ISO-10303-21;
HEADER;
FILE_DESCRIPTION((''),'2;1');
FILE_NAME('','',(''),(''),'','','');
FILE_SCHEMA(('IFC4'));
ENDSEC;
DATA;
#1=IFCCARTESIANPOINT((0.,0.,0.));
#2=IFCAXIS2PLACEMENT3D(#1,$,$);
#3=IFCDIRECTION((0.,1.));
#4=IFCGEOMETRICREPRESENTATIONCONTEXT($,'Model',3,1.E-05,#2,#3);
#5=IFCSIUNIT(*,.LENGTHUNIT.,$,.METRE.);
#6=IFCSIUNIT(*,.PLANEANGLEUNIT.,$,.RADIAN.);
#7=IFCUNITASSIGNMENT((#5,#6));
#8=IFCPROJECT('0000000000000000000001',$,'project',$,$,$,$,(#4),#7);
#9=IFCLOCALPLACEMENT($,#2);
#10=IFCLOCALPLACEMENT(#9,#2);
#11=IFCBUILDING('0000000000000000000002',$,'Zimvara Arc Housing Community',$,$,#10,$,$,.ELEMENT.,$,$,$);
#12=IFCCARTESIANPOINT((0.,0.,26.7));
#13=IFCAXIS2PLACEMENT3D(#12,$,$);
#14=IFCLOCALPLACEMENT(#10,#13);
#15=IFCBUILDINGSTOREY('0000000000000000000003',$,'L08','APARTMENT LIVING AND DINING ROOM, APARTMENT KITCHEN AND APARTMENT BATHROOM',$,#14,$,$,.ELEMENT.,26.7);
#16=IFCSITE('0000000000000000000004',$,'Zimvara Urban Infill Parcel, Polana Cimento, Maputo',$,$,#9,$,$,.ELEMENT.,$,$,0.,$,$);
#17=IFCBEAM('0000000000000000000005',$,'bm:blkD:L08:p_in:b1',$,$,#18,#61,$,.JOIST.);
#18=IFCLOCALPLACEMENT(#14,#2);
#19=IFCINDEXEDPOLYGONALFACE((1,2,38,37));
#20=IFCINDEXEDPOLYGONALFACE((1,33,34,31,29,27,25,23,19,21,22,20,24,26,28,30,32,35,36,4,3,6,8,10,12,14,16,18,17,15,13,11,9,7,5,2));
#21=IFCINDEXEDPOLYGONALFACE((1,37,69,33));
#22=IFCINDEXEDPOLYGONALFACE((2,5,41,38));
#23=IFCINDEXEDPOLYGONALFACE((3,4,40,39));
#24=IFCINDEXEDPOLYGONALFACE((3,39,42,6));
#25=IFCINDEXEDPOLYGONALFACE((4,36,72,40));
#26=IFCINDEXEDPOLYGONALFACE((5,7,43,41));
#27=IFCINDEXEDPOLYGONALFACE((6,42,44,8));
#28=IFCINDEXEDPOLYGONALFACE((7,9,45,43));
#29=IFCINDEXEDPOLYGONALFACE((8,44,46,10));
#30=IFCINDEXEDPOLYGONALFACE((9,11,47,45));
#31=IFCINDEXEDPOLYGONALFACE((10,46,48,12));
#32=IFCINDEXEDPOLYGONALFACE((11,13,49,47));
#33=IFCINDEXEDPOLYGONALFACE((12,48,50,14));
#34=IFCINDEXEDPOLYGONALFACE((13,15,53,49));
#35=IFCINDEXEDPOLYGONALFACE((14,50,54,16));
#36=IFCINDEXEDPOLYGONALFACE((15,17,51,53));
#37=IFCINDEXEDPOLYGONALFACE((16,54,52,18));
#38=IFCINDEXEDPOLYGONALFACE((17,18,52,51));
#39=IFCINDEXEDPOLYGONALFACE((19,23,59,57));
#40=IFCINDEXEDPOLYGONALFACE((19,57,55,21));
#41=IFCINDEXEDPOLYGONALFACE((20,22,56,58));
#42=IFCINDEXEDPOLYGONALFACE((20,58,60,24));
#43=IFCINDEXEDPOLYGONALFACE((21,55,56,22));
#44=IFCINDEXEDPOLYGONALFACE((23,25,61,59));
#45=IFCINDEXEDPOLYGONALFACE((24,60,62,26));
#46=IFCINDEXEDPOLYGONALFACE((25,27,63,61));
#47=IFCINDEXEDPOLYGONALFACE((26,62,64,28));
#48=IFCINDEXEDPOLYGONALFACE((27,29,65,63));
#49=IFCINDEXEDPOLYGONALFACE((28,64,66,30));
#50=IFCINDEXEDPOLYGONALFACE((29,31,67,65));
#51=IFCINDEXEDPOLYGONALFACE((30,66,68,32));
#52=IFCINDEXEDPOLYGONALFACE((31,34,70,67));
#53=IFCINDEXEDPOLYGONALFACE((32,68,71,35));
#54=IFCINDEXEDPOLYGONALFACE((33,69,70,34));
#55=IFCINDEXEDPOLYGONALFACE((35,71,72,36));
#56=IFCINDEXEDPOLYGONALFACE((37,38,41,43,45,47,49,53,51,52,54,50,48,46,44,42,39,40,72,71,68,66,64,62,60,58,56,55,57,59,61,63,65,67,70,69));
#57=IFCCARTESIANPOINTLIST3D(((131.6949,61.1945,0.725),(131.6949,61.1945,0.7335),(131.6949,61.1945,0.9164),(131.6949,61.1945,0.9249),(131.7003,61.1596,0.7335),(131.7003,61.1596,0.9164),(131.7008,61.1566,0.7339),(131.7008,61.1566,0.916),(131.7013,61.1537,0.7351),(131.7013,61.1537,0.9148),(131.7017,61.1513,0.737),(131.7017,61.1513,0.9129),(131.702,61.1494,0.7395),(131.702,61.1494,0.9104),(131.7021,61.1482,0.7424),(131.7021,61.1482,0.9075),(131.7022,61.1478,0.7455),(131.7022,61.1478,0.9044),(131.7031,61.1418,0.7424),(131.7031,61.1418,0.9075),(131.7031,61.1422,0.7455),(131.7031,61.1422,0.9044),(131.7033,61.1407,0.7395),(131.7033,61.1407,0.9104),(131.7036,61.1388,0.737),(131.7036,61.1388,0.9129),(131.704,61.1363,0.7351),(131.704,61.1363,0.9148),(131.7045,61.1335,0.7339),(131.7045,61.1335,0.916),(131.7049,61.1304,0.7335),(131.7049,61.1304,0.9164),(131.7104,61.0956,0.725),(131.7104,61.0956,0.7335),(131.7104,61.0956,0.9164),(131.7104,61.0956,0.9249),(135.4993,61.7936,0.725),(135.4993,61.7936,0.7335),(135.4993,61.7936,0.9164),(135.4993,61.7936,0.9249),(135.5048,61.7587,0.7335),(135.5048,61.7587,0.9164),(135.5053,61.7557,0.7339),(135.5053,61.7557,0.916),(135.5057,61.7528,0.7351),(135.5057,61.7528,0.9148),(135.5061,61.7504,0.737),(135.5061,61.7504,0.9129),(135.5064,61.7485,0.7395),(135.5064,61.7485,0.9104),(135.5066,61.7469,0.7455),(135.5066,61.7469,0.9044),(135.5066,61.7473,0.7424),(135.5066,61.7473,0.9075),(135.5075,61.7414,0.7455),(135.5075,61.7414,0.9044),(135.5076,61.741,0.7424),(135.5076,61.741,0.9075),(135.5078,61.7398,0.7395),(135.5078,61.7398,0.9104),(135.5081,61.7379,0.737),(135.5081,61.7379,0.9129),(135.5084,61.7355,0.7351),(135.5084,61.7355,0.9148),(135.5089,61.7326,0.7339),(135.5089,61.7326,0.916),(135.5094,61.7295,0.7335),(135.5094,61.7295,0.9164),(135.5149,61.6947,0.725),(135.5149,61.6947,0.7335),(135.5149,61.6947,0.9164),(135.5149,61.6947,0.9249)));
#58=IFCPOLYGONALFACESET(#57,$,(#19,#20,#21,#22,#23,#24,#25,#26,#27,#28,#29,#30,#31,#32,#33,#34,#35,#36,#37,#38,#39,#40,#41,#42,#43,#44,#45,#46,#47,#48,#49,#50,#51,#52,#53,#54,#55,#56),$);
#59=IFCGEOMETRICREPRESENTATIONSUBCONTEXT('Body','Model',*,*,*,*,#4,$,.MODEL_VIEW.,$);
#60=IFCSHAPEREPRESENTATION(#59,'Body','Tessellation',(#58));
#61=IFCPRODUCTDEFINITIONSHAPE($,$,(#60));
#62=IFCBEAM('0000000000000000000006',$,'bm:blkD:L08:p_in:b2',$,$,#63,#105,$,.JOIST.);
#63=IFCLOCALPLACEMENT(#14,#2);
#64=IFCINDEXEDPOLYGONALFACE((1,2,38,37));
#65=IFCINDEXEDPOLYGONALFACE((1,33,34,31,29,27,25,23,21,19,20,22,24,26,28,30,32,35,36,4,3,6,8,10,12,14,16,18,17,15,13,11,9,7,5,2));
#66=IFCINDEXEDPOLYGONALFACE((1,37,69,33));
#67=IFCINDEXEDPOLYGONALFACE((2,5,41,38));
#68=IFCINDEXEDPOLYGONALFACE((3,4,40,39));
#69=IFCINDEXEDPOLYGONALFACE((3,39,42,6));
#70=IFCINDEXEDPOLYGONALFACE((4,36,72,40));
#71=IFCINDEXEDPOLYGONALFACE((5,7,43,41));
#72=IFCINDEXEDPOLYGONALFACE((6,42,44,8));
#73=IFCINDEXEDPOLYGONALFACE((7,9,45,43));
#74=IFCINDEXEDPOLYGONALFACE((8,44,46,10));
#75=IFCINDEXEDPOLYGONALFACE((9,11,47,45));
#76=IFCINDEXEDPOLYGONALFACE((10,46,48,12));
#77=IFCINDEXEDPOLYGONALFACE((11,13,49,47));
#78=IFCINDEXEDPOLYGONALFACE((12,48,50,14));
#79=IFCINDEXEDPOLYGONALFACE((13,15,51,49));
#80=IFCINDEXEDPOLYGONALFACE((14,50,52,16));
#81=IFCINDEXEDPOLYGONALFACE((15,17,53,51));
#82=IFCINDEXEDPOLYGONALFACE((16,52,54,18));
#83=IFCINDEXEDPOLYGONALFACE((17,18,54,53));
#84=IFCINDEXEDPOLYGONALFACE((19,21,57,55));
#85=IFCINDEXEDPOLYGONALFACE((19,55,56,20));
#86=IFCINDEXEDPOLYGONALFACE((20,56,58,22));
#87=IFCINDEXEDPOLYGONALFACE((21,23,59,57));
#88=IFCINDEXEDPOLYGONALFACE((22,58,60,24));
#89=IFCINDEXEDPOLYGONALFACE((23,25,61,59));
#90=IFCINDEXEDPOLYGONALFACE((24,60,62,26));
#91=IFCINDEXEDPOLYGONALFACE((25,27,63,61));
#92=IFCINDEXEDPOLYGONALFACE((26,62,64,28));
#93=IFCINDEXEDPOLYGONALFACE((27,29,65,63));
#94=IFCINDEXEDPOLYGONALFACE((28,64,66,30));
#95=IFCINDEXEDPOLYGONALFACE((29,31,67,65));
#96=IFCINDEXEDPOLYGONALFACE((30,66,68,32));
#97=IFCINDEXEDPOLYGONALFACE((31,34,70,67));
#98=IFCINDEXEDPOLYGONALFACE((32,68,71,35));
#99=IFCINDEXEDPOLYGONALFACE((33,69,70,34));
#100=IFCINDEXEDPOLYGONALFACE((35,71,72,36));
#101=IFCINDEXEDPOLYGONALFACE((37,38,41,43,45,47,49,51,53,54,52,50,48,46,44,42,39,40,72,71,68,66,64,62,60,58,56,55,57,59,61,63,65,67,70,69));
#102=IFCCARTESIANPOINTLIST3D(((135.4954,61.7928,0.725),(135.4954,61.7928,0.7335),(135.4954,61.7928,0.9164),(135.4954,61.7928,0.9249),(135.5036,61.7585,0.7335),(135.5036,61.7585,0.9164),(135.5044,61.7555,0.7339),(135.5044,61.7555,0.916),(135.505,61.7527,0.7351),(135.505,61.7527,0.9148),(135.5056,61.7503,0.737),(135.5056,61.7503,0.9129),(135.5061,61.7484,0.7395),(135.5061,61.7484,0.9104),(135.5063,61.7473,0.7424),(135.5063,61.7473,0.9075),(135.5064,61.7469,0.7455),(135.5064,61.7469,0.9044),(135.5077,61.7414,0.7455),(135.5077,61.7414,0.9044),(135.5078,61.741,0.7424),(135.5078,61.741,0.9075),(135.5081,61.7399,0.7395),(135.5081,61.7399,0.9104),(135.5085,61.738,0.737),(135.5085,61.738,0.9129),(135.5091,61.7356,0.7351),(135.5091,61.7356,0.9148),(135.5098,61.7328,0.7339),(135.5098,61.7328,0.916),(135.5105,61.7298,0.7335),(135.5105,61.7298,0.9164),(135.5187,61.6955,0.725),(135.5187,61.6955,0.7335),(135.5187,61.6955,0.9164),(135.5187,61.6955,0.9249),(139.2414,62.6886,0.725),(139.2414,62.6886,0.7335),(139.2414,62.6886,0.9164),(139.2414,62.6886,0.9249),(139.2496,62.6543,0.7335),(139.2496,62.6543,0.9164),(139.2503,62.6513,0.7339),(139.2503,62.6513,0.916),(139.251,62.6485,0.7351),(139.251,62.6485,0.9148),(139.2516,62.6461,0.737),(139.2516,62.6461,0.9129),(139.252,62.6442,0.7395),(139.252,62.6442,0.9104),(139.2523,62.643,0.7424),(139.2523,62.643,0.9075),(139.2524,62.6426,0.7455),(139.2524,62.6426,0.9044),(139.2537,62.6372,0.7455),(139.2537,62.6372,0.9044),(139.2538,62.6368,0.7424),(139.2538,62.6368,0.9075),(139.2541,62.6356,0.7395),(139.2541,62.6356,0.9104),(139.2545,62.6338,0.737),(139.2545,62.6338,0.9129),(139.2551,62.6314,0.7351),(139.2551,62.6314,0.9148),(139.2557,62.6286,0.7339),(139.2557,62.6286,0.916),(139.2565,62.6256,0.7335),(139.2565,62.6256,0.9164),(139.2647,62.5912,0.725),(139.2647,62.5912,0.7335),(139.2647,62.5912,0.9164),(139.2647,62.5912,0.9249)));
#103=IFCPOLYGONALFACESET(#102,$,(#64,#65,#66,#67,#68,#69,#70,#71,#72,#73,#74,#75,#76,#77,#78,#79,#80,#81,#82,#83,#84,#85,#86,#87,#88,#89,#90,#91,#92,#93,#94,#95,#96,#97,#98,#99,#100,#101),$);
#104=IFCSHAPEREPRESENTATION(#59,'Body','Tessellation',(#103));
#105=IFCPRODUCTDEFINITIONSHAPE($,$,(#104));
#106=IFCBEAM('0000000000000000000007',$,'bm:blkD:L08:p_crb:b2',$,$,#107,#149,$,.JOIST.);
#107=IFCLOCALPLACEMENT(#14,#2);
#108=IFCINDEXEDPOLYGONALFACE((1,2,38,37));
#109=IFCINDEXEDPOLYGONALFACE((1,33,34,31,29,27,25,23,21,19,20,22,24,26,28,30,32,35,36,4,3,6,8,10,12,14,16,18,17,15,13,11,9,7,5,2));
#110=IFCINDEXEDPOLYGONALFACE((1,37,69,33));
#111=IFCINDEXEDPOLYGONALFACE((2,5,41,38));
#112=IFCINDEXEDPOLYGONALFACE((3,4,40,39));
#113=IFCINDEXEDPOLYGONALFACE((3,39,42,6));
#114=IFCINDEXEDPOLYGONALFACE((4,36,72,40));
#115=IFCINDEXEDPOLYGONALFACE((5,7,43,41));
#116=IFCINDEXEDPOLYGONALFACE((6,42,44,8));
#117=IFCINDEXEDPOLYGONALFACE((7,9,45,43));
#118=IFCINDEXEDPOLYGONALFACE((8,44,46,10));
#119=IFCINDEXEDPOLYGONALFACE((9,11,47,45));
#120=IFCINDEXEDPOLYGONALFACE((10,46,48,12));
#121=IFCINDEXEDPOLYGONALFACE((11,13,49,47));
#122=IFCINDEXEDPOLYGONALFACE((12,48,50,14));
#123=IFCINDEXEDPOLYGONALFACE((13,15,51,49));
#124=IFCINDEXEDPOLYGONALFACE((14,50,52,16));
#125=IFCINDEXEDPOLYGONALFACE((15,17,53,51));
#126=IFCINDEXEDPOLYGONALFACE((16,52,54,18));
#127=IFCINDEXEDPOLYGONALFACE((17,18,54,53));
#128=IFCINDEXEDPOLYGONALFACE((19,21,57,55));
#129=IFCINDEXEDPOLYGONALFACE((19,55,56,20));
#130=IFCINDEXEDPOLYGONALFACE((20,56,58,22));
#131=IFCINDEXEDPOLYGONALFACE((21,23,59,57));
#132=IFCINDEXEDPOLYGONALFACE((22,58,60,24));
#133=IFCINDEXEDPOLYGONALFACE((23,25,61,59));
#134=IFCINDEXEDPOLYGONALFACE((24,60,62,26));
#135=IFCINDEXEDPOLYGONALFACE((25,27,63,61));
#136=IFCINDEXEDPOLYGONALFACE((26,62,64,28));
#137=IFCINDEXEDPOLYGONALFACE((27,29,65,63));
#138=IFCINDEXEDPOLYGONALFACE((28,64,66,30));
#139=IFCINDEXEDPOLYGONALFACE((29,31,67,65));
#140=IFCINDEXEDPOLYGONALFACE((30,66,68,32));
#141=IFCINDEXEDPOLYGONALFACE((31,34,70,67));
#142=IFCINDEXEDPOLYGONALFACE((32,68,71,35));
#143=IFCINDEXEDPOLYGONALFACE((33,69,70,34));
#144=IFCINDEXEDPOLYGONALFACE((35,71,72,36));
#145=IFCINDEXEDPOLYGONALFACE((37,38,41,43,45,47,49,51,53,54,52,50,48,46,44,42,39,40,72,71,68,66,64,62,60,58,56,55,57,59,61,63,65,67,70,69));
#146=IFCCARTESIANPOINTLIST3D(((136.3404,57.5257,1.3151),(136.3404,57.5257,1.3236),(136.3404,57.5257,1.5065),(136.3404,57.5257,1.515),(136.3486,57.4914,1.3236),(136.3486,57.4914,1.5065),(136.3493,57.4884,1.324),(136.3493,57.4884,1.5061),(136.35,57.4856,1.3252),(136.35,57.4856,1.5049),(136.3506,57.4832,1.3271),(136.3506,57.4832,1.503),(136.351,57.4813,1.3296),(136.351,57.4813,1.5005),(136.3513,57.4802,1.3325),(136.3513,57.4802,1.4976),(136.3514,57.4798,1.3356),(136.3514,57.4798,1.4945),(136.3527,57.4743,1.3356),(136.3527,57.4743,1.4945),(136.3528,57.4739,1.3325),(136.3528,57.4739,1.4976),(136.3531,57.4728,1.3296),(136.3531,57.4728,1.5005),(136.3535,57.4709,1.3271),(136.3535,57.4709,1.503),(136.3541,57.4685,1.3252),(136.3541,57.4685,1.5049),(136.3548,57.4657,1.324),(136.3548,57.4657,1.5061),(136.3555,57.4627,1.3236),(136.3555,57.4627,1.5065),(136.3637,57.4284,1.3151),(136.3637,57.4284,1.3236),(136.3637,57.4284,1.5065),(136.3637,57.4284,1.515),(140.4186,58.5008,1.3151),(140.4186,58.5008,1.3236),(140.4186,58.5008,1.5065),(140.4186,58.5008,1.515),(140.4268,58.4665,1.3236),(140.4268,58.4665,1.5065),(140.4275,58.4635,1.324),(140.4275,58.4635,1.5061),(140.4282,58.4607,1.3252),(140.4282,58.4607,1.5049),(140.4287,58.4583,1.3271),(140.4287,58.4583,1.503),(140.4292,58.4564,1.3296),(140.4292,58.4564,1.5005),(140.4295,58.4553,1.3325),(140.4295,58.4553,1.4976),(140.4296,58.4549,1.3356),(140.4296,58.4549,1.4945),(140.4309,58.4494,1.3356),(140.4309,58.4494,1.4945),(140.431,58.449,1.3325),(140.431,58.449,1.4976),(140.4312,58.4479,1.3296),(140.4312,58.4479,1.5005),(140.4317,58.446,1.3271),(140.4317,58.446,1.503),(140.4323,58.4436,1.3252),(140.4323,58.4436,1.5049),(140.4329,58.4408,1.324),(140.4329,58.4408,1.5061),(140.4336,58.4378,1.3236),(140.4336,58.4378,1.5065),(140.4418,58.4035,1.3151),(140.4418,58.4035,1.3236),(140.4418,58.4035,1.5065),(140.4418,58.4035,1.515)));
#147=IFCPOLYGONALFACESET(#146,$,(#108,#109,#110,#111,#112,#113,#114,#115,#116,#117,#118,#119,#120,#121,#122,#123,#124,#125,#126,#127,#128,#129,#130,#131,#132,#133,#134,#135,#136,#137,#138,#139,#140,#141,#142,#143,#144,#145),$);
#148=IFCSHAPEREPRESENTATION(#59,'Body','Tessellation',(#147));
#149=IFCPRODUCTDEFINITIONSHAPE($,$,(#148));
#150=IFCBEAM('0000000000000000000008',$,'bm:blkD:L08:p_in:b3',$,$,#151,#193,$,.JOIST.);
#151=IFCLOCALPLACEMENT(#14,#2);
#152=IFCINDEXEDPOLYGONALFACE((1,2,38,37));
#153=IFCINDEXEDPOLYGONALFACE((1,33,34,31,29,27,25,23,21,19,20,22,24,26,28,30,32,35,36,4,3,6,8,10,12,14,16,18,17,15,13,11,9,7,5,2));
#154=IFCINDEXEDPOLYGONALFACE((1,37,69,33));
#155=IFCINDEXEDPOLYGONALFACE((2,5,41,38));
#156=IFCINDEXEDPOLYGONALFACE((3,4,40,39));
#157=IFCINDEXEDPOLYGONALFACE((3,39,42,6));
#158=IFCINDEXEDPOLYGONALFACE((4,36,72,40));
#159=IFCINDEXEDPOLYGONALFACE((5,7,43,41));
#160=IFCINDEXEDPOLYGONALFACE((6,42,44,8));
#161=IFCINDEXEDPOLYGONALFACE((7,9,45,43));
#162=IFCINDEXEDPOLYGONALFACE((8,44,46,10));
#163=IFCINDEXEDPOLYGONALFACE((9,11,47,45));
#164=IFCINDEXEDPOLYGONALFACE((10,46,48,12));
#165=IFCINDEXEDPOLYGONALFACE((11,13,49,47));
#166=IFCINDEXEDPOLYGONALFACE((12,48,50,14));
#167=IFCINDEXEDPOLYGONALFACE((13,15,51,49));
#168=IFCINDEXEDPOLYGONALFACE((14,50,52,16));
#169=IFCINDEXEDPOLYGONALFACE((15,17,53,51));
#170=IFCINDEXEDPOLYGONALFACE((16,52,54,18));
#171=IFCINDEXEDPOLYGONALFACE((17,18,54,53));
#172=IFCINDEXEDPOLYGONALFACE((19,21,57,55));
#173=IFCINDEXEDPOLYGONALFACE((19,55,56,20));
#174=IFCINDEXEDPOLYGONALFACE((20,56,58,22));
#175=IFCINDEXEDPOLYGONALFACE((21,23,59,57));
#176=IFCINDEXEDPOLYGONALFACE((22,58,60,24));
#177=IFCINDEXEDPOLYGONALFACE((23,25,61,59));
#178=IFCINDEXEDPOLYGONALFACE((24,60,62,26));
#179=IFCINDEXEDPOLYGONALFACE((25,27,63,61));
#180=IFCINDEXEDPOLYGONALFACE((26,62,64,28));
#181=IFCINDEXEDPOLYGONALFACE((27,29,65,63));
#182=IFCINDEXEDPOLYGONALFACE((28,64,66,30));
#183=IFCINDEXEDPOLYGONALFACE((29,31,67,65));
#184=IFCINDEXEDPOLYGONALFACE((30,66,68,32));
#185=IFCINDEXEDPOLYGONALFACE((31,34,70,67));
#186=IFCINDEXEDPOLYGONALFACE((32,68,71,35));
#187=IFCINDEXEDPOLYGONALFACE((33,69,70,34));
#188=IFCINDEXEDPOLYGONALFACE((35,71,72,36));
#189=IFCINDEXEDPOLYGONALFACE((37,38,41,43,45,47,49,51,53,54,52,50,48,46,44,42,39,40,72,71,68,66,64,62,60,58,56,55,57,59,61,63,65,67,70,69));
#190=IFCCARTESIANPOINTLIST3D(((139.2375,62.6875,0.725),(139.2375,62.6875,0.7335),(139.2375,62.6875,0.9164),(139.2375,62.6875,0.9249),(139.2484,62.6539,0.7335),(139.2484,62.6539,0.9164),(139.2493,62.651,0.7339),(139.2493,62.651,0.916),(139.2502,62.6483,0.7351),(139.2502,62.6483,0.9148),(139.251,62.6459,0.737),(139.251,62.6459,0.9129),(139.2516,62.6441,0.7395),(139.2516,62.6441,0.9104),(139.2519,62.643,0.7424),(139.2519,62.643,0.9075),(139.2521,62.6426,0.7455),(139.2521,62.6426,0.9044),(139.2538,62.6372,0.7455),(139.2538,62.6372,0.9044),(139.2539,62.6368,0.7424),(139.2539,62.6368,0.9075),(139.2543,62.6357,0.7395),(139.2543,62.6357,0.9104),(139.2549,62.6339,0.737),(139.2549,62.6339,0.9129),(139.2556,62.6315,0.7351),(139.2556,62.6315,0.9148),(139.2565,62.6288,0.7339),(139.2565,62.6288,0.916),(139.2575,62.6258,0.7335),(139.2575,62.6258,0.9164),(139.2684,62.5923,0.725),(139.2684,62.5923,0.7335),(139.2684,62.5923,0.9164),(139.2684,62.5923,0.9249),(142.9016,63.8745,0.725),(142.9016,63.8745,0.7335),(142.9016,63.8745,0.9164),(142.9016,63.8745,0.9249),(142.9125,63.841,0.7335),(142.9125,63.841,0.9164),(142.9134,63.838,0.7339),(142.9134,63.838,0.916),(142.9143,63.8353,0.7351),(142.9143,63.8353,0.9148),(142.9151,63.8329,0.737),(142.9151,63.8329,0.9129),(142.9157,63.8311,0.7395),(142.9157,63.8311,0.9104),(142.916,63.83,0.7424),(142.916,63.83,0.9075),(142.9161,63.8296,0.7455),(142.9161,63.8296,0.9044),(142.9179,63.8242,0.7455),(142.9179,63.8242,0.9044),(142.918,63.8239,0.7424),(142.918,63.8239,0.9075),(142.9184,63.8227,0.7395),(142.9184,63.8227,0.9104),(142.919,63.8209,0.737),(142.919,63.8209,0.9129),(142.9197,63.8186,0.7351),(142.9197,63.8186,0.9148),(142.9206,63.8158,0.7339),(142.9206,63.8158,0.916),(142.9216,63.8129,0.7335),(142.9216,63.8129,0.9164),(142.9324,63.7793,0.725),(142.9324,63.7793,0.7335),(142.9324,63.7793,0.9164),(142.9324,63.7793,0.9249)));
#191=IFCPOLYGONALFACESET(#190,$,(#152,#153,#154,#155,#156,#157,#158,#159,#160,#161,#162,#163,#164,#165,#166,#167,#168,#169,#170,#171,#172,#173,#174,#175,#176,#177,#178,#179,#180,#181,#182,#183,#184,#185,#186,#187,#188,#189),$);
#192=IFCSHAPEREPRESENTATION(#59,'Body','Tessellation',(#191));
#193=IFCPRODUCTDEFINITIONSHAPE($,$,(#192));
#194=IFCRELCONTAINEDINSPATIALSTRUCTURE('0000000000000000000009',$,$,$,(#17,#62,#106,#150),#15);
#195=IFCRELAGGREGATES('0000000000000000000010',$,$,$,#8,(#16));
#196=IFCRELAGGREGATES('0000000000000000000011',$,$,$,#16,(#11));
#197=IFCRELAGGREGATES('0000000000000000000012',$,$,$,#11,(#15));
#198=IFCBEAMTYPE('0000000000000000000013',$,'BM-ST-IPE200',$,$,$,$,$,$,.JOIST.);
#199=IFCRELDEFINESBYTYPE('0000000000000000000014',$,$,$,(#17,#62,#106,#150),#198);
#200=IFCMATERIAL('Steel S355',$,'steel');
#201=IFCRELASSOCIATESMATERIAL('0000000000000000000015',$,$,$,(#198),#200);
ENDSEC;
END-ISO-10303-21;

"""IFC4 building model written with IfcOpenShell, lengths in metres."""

from ifc_helpers import new_model, si_unit, direction, frame, origin, origin_2d, place, context, subcontext, project, spatial, i_section, extrude, material, material_profile, profile_set, type_object, element, save


model = new_model("IFC4")

# Units and contexts
model_context = context("Model", 3, precision=1e-05, world=origin(), true_north=direction((0.0, 1.0)))
body_context = subcontext(model_context, "Body", "Model", "MODEL_VIEW")
ifc_project = project(units=[si_unit("LENGTHUNIT", "METRE"), si_unit("PLANEANGLEUNIT", "RADIAN")], contexts=[model_context])

# Site, building, storey
site_placement = place(None, origin())
site = spatial("IfcSite", under=ifc_project, at=site_placement, Name="Zimvara Urban Infill Parcel, Polana Cimento, Maputo", CompositionType="ELEMENT", RefElevation=0.0)
building_placement = place(site_placement, origin())
building = spatial("IfcBuilding", under=site, at=building_placement, Name="Zimvara Arc Housing Community", CompositionType="ELEMENT")
storey_placement = place(building_placement, frame((0.0, 0.0, 26.7)))
storey = spatial("IfcBuildingStorey", under=building, at=storey_placement, Name="L08", Description="APARTMENT LIVING AND DINING ROOM, APARTMENT KITCHEN AND APARTMENT BATHROOM", CompositionType="ELEMENT", Elevation=26.7)

# Beams
ifc_material_1 = material(Name="Steel S355", Category="steel")
ifc_material_profile_1 = material_profile(ifc_material_1, i_section(OverallWidth=0.1001, OverallDepth=0.2, WebThickness=0.0056, FlangeThickness=0.0085, FilletRadius=0.012, at=origin_2d()), Name="IPE 200")
ifc_profile_set_1 = profile_set([ifc_material_profile_1], Name="Steel S355")
beam_type_1 = type_object("IfcBeamType", Name="BM-ST-IPE200", PredefinedType="JOIST", material=ifc_profile_set_1)
beam_1_placement = place(storey_placement, frame((131.7026, 61.145, 0.825), z_axis=(0.987826, 0.155562, 0.0), x_axis=(-0.155562, 0.987826, 0.0)))
element("IfcBeam", 1, at=beam_1_placement, inside=storey, type_object=beam_type_1, Name="bm:blkD:L08:p_in:b1", PredefinedType="JOIST", context=body_context, shape_type="SweptSolid", body=[
    extrude(i_section(OverallWidth=0.1001, OverallDepth=0.2, WebThickness=0.0056, FlangeThickness=0.0085, FilletRadius=0.012, at=origin_2d()), origin(), (0.0, 0.0, 1.0), 3.8513),
])
beam_2_placement = place(storey_placement, frame((135.5071, 61.7441, 0.825), z_axis=(0.972579, 0.232575, 0.0), x_axis=(-0.232575, 0.972579, 0.0)))
element("IfcBeam", 2, at=beam_2_placement, inside=storey, type_object=beam_type_1, Name="bm:blkD:L08:p_in:b2", PredefinedType="JOIST", context=body_context, shape_type="SweptSolid", body=[
    extrude(i_section(OverallWidth=0.1001, OverallDepth=0.2, WebThickness=0.0056, FlangeThickness=0.0085, FilletRadius=0.012, at=origin_2d()), origin(), (0.0, 0.0, 1.0), 3.8516),
])
beam_3_placement = place(storey_placement, frame((136.3521, 57.4771, 1.415), z_axis=(0.972585, 0.232549, 0.0), x_axis=(-0.232549, 0.972585, 0.0)))
element("IfcBeam", 3, at=beam_3_placement, inside=storey, type_object=beam_type_1, Name="bm:blkD:L08:p_crb:b2", PredefinedType="JOIST", context=body_context, shape_type="SweptSolid", body=[
    extrude(i_section(OverallWidth=0.1001, OverallDepth=0.2, WebThickness=0.0056, FlangeThickness=0.0085, FilletRadius=0.012, at=origin_2d()), origin(), (0.0, 0.0, 1.0), 4.1931),
])
beam_4_placement = place(storey_placement, frame((139.2529, 62.6399, 0.825), z_axis=(0.951324, 0.308192, 0.0), x_axis=(-0.308192, 0.951324, 0.0)))
element("IfcBeam", 4, at=beam_4_placement, inside=storey, type_object=beam_type_1, Name="bm:blkD:L08:p_in:b3", PredefinedType="JOIST", context=body_context, shape_type="SweptSolid", body=[
    extrude(i_section(OverallWidth=0.1001, OverallDepth=0.2, WebThickness=0.0056, FlangeThickness=0.0085, FilletRadius=0.012, at=origin_2d()), origin(), (0.0, 0.0, 1.0), 3.8516),
])

save(model, "model.ifc")
